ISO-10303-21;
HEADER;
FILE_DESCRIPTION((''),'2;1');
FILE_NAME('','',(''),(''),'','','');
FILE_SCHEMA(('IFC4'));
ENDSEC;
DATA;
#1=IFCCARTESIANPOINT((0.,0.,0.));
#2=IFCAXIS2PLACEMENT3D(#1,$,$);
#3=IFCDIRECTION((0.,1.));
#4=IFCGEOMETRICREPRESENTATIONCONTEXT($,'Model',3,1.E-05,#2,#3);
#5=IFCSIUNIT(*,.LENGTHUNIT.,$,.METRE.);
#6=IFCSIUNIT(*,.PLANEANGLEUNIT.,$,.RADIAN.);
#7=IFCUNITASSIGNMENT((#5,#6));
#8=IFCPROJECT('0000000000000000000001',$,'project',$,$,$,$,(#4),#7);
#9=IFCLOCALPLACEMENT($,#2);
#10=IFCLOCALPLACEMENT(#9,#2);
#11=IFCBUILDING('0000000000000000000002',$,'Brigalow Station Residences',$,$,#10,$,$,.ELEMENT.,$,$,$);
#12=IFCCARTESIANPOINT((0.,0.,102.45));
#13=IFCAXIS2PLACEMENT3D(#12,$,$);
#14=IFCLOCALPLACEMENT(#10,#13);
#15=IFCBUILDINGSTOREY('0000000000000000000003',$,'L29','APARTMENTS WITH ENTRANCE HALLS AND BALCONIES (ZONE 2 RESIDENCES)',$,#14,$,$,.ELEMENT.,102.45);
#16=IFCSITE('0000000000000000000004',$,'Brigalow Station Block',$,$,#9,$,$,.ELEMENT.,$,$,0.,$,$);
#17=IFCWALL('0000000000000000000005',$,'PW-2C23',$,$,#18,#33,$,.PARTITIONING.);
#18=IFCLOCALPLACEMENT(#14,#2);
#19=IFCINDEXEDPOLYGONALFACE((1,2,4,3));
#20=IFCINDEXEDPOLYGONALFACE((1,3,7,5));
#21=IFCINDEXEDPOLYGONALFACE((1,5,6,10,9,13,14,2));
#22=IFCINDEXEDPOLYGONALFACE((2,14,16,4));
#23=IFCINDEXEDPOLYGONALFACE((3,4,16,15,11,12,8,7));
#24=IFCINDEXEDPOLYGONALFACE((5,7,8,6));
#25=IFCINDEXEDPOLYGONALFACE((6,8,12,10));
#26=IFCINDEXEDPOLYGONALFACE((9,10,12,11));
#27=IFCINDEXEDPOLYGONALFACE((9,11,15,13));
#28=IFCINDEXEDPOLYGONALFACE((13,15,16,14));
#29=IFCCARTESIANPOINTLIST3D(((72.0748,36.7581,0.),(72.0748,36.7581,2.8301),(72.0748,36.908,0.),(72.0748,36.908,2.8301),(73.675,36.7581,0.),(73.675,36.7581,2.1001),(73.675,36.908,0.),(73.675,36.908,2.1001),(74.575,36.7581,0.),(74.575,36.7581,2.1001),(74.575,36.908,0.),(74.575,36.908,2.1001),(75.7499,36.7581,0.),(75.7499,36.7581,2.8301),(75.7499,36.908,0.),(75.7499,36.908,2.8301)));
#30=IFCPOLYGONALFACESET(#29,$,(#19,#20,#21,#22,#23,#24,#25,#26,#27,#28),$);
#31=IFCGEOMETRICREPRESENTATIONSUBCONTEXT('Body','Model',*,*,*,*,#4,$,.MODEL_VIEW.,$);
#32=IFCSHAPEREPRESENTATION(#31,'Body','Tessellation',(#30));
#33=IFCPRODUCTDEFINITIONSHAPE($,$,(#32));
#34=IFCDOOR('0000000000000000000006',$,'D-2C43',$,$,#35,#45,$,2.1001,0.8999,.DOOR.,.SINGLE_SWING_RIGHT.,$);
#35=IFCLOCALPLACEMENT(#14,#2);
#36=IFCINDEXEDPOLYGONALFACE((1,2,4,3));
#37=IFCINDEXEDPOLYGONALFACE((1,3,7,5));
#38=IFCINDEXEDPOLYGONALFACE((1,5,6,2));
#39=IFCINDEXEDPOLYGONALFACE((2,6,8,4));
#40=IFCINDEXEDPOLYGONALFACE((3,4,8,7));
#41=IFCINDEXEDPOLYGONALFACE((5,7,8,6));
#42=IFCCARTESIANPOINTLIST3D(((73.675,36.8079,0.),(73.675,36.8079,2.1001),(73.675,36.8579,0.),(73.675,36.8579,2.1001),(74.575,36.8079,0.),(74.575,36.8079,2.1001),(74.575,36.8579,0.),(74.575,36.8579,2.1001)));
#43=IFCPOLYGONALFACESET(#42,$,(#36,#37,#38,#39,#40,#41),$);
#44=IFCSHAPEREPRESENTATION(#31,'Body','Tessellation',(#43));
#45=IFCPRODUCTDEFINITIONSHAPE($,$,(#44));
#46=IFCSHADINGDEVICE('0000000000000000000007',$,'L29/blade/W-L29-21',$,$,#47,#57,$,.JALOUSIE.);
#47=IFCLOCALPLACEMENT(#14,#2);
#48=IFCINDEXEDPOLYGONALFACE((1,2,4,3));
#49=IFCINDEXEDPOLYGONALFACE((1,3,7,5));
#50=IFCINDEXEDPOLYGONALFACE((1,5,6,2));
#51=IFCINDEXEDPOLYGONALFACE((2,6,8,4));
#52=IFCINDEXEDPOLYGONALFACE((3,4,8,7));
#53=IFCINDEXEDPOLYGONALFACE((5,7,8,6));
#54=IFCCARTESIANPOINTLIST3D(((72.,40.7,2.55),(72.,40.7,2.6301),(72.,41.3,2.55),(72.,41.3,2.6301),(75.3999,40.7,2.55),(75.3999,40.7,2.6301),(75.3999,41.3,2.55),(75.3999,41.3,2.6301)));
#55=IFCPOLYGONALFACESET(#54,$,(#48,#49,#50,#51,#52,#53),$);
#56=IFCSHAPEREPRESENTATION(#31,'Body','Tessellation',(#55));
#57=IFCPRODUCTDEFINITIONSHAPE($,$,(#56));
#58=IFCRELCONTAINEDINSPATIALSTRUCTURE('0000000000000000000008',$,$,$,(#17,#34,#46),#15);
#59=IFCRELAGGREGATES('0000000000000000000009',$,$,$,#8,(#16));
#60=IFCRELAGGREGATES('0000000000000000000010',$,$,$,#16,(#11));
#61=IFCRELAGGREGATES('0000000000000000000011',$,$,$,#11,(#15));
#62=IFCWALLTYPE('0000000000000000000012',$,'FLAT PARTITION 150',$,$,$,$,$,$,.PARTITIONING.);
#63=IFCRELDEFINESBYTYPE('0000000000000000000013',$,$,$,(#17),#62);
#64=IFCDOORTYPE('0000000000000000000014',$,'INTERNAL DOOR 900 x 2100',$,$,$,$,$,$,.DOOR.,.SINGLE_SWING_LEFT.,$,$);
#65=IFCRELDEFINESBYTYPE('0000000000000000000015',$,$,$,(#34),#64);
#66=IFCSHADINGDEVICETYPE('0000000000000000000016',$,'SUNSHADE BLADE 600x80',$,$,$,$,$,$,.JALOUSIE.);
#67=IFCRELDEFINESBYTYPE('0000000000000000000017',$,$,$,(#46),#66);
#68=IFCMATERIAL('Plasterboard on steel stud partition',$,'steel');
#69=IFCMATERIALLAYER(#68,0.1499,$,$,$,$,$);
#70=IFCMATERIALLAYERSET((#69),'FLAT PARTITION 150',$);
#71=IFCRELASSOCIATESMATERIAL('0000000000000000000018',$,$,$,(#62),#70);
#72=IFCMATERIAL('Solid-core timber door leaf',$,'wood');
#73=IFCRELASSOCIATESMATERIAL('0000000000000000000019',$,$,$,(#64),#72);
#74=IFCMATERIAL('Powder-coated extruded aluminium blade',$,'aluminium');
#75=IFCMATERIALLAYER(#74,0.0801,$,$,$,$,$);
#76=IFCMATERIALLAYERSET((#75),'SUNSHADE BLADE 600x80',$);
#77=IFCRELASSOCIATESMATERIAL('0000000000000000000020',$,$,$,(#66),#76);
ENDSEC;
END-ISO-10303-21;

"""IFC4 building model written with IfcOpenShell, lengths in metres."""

from ifc_helpers import new_model, si_unit, direction, frame, frame_2d, origin, origin_2d, place, context, subcontext, project, spatial, rectangle, extrude, material, layer, layer_set, type_object, element, fill, save


model = new_model("IFC4")

# Units and contexts
model_context = context("Model", 3, precision=1e-05, world=origin(), true_north=direction((0.0, 1.0)))
body_context = subcontext(model_context, "Body", "Model", "MODEL_VIEW")
ifc_project = project(units=[si_unit("LENGTHUNIT", "METRE"), si_unit("PLANEANGLEUNIT", "RADIAN")], contexts=[model_context])

# Site, building, storey
site_placement = place(None, origin())
site = spatial("IfcSite", under=ifc_project, at=site_placement, Name="Brigalow Station Block", CompositionType="ELEMENT", RefElevation=0.0)
building_placement = place(site_placement, origin())
building = spatial("IfcBuilding", under=site, at=building_placement, Name="Brigalow Station Residences", CompositionType="ELEMENT")
storey_placement = place(building_placement, frame((0.0, 0.0, 102.45)))
storey = spatial("IfcBuildingStorey", under=building, at=storey_placement, Name="L29", Description="APARTMENTS WITH ENTRANCE HALLS AND BALCONIES (ZONE 2 RESIDENCES)", CompositionType="ELEMENT", Elevation=102.45)

# Wall, opening, door
ifc_material_1 = material(Name="Plasterboard on steel stud partition", Category="steel")
ifc_layer_1 = layer(ifc_material_1, 0.1499)
ifc_layer_set_1 = layer_set([ifc_layer_1], Name="FLAT PARTITION 150")
wall_type_1 = type_object("IfcWallType", Name="FLAT PARTITION 150", PredefinedType="PARTITIONING", material=ifc_layer_set_1)
wall_1_placement = place(storey_placement, frame((72.075, 36.833, 0.0), z_axis=(0.0, 0.0, 1.0), x_axis=(1.0, 0.0, 0.0)))
wall_1 = element("IfcWall", 1, at=wall_1_placement, inside=storey, type_object=wall_type_1, Name="PW-2C23", PredefinedType="PARTITIONING", context=body_context, shape_type="SweptSolid", body=[
    extrude(rectangle(XDim=3.675, YDim=0.1499, at=frame_2d((1.8374, 0.0))), origin(), (0.0, 0.0, 1.0), 2.8301),
])
opening_1_placement = place(wall_1_placement, frame((1.6001, 0.0, 0.0)))
opening_1 = element("IfcOpeningElement", 2, at=opening_1_placement, cuts=wall_1, PredefinedType="OPENING", context=body_context, shape_type="SweptSolid", body=[
    extrude(rectangle(XDim=0.8999, YDim=2.1001, at=frame_2d((0.45, 1.05))), frame((0.0, 0.085, 0.0), z_axis=(0.0, -1.0, 0.0), x_axis=(1.0, 0.0, 0.0)), (0.0, 0.0, 1.0), 0.1699),
])
ifc_material_2 = material(Name="Solid-core timber door leaf", Category="wood")
door_type = type_object("IfcDoorType", Name="INTERNAL DOOR 900 x 2100", OperationType="SINGLE_SWING_LEFT", PredefinedType="DOOR", material=ifc_material_2)
door_placement = place(opening_1_placement, origin())
door = element("IfcDoor", 3, at=door_placement, inside=storey, type_object=door_type, Name="D-2C43", OperationType="SINGLE_SWING_RIGHT", OverallHeight=2.1001, OverallWidth=0.8999, PredefinedType="DOOR", context=body_context, shape_type="SweptSolid", body=[
    extrude(rectangle(XDim=0.8999, YDim=2.1001, at=frame_2d((0.45, 1.05))), frame((0.0, 0.0249, 0.0), z_axis=(0.0, -1.0, 0.0), x_axis=(1.0, 0.0, 0.0)), (0.0, 0.0, 1.0), 0.05),
])
fill(opening_1, door)

# Shading device
ifc_material_3 = material(Name="Powder-coated extruded aluminium blade", Category="aluminium")
ifc_layer_2 = layer(ifc_material_3, 0.0801)
ifc_layer_set_2 = layer_set([ifc_layer_2], Name="SUNSHADE BLADE 600x80")
shading_device_type = type_object("IfcShadingDeviceType", Name="SUNSHADE BLADE 600x80", PredefinedType="JALOUSIE", material=ifc_layer_set_2)
shading_device_placement = place(storey_placement, frame((73.7, 41.0, 2.55), z_axis=(0.0, 0.0, 1.0), x_axis=(-1.0, 0.0, 0.0)))
element("IfcShadingDevice", 4, at=shading_device_placement, inside=storey, type_object=shading_device_type, Name="L29/blade/W-L29-21", PredefinedType="JALOUSIE", context=body_context, shape_type="SweptSolid", body=[
    extrude(rectangle(XDim=3.3999, YDim=0.6001, at=origin_2d()), origin(), (0.0, 0.0, 1.0), 0.0801),
])

save(model, "model.ifc")
